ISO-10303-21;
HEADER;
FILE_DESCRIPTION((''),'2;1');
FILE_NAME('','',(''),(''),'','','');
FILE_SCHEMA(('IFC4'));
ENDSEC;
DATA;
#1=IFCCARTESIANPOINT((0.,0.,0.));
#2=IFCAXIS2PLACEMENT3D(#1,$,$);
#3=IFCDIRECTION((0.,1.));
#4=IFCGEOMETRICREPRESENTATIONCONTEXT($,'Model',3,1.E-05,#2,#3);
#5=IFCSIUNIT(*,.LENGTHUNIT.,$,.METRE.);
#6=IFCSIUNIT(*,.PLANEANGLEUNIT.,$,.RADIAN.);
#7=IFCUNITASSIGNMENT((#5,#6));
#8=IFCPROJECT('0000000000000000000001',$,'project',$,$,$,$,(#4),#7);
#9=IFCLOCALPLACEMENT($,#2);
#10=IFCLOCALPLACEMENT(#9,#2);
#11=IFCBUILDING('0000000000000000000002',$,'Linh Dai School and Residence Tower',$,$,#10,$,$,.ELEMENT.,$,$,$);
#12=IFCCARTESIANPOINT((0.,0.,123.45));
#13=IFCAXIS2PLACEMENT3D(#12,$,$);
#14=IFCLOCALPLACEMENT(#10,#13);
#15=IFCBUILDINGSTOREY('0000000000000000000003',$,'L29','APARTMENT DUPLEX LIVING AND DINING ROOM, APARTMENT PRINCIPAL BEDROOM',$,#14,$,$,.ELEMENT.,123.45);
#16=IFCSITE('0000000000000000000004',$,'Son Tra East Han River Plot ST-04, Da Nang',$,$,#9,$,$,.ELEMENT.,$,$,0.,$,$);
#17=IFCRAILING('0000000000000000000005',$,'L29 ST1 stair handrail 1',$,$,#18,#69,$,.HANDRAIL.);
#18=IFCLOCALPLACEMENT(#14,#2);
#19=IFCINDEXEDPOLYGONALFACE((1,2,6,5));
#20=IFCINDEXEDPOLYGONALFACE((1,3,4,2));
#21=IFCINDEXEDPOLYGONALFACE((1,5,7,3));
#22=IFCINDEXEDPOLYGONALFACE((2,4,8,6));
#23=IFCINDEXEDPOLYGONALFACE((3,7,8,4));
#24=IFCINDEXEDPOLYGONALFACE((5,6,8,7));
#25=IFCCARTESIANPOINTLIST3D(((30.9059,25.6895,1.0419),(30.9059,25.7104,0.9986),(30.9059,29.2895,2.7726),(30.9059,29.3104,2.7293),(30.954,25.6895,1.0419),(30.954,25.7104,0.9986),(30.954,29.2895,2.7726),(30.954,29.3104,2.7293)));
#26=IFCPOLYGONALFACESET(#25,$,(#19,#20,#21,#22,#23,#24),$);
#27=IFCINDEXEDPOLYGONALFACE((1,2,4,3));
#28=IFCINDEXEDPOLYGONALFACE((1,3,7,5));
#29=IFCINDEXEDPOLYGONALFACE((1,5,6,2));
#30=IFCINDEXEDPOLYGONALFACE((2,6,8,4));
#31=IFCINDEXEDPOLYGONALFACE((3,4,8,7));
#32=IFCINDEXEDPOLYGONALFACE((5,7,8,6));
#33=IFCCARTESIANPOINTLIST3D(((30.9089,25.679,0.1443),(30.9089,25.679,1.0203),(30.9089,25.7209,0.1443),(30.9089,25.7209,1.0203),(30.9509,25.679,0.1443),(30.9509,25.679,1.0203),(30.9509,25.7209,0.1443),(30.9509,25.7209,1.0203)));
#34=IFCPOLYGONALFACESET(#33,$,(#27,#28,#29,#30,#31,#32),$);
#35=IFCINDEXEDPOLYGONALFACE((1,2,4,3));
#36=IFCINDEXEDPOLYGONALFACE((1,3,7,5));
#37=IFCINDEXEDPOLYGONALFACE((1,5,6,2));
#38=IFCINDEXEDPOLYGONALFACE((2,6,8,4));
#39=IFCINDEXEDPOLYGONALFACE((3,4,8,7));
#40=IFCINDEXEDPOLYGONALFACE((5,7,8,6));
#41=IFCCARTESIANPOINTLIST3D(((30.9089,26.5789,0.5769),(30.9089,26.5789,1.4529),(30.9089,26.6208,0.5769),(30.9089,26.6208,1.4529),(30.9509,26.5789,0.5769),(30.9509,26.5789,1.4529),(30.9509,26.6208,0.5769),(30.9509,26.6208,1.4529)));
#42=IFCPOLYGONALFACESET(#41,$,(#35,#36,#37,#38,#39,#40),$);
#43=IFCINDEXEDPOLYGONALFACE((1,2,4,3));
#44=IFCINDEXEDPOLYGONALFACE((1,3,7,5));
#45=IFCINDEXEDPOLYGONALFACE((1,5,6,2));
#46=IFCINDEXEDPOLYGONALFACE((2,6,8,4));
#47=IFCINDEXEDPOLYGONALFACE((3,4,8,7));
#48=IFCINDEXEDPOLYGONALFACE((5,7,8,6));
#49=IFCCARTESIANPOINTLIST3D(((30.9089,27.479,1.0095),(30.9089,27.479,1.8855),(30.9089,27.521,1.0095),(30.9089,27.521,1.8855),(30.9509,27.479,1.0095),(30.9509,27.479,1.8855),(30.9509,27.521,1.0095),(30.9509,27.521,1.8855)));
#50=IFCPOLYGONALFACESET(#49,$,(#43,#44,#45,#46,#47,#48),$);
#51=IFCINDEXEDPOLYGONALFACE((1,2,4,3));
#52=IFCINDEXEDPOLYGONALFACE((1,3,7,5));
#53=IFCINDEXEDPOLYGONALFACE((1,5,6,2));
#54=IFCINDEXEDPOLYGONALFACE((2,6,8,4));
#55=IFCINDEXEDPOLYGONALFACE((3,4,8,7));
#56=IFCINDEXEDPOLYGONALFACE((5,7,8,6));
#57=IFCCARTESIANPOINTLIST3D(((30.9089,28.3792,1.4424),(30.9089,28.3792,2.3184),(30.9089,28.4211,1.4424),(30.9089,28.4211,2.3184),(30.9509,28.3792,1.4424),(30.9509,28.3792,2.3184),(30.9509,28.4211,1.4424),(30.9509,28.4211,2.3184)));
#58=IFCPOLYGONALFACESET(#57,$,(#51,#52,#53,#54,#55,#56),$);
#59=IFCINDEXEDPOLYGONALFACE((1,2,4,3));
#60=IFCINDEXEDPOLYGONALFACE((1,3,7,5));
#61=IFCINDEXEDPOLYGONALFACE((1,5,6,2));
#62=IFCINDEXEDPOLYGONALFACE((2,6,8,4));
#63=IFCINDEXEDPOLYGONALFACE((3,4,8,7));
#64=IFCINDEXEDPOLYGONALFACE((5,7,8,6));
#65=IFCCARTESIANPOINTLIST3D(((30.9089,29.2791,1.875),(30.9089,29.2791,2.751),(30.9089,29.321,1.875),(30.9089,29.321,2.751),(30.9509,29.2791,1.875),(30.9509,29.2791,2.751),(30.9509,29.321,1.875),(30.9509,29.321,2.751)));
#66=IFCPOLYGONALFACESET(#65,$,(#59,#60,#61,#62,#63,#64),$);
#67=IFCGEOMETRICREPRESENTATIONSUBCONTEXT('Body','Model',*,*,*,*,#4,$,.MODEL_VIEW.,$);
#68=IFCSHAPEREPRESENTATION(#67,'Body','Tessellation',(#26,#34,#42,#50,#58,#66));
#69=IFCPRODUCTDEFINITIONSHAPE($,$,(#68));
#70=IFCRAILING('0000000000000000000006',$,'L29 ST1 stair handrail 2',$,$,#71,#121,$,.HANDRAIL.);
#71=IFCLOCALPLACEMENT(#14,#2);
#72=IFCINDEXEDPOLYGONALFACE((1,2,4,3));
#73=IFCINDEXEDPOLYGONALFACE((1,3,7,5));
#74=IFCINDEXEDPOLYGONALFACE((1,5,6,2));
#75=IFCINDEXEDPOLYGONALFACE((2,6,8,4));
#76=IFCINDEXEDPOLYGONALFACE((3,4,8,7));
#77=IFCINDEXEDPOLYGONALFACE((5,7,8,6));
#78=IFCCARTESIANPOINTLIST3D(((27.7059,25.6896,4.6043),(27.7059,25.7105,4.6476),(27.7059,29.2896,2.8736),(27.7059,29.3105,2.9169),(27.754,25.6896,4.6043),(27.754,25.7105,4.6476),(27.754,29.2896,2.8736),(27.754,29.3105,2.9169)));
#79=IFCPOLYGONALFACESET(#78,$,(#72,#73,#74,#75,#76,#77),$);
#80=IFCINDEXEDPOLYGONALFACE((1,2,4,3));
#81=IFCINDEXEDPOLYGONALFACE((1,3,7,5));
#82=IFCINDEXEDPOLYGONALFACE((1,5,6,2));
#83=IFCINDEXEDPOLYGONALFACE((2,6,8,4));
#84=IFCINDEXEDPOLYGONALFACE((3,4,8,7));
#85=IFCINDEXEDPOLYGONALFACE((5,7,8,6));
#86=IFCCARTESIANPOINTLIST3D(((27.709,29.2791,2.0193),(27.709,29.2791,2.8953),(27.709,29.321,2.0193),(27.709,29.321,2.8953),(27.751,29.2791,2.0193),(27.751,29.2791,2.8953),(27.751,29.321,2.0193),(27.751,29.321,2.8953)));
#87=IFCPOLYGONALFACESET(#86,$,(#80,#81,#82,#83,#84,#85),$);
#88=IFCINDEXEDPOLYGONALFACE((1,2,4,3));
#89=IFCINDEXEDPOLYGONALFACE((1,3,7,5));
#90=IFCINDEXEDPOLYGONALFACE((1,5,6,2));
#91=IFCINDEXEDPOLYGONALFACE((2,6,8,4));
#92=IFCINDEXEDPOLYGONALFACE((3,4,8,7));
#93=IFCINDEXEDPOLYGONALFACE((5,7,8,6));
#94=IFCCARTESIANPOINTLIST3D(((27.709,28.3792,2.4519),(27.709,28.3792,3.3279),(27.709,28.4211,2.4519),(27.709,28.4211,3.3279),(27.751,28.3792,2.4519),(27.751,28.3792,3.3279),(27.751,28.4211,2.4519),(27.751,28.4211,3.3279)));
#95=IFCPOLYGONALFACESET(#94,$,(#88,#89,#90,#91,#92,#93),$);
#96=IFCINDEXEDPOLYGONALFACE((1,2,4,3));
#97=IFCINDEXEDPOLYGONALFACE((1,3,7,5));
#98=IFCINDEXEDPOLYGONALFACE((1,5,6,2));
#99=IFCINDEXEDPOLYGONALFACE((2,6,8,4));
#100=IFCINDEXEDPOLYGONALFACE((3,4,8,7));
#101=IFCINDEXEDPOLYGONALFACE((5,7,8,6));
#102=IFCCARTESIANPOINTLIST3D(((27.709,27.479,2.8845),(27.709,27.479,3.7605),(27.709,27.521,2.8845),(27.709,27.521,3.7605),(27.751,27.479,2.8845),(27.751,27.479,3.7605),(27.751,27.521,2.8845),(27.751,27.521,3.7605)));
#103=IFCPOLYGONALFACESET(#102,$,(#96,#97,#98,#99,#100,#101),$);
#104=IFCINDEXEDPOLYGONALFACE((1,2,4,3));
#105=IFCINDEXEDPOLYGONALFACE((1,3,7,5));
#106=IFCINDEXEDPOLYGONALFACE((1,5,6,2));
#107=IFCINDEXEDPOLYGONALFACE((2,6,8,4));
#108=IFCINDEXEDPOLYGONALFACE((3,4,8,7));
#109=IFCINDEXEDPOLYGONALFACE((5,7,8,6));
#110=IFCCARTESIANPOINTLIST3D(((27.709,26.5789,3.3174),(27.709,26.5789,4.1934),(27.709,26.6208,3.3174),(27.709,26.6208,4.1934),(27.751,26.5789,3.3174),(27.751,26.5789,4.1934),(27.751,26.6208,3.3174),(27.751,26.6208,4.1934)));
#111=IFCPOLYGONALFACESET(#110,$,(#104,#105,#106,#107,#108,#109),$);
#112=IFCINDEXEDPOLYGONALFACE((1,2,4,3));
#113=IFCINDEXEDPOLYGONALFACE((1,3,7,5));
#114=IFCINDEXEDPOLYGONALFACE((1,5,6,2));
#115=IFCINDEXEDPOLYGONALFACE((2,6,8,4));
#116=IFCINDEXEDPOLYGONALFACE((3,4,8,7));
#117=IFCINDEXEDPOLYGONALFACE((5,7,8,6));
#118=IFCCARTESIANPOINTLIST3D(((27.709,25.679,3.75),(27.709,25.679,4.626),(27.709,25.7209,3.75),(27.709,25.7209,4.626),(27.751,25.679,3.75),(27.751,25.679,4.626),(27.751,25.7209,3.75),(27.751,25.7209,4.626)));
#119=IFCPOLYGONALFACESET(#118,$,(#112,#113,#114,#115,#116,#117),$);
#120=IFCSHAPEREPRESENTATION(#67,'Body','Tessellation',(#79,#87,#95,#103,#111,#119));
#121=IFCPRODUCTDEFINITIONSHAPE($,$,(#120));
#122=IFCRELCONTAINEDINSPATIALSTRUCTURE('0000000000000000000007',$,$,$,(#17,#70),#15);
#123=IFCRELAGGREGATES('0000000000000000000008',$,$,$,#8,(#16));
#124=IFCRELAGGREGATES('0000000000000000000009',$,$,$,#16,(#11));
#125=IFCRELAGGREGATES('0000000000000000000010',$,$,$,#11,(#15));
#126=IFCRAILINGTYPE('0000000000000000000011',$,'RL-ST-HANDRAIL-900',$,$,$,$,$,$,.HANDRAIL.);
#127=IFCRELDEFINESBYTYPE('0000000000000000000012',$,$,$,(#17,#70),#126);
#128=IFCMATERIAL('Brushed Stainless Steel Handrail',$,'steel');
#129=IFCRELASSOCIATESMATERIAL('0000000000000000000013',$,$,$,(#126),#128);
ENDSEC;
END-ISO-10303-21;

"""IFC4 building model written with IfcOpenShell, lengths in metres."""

from ifc_helpers import new_model, si_unit, direction, frame, origin, origin_2d, place, context, subcontext, project, spatial, rectangle, extrude, source, transform, mapped, material, type_object, element, save


model = new_model("IFC4")

# Units and contexts
model_context = context("Model", 3, precision=1e-05, world=origin(), true_north=direction((0.0, 1.0)))
body_context = subcontext(model_context, "Body", "Model", "MODEL_VIEW")
ifc_project = project(units=[si_unit("LENGTHUNIT", "METRE"), si_unit("PLANEANGLEUNIT", "RADIAN")], contexts=[model_context])

# Site, building, storey
site_placement = place(None, origin())
site = spatial("IfcSite", under=ifc_project, at=site_placement, Name="Son Tra East Han River Plot ST-04, Da Nang", CompositionType="ELEMENT", RefElevation=0.0)
building_placement = place(site_placement, origin())
building = spatial("IfcBuilding", under=site, at=building_placement, Name="Linh Dai School and Residence Tower", CompositionType="ELEMENT")
storey_placement = place(building_placement, frame((0.0, 0.0, 123.45)))
storey = spatial("IfcBuildingStorey", under=building, at=storey_placement, Name="L29", Description="APARTMENT DUPLEX LIVING AND DINING ROOM, APARTMENT PRINCIPAL BEDROOM", CompositionType="ELEMENT", Elevation=123.45)

# Railings
ifc_material_1 = material(Name="Brushed Stainless Steel Handrail", Category="steel")
railing_type_1 = type_object("IfcRailingType", Name="RL-ST-HANDRAIL-900", PredefinedType="HANDRAIL", material=ifc_material_1)
shared_shape_1 = source(origin(), body_context, "Body", "SweptSolid", [
    extrude(rectangle(XDim=0.0481, YDim=0.0481, at=origin_2d()), frame((0.0, 0.0, 0.876), z_axis=(0.0, 0.901263, 0.433273), x_axis=(-1.0, 0.0, 0.0)), (0.0, 0.0, 1.0), 3.9944),
    extrude(rectangle(XDim=0.042, YDim=0.042, at=origin_2d()), origin(), (0.0, 0.0, 1.0), 0.876),
    extrude(rectangle(XDim=0.042, YDim=0.042, at=origin_2d()), frame((0.0, 0.8999, 0.4326)), (0.0, 0.0, 1.0), 0.876),
    extrude(rectangle(XDim=0.042, YDim=0.042, at=origin_2d()), frame((0.0, 1.8, 0.8652)), (0.0, 0.0, 1.0), 0.876),
    extrude(rectangle(XDim=0.042, YDim=0.042, at=origin_2d()), frame((0.0, 2.7002, 1.2981)), (0.0, 0.0, 1.0), 0.876),
    extrude(rectangle(XDim=0.042, YDim=0.042, at=origin_2d()), frame((0.0, 3.6001, 1.7307)), (0.0, 0.0, 1.0), 0.876),
])
railing_1_placement = place(storey_placement, frame((30.9299, 25.7, 0.1443)))
element("IfcRailing", 1, at=railing_1_placement, inside=storey, type_object=railing_type_1, Name="L29 ST1 stair handrail 1", PredefinedType="HANDRAIL", context=body_context, shape_type="MappedRepresentation", body=[
    mapped(shared_shape_1, transform((0.0, 0.0, 0.0), x_axis=(1.0, 0.0, 0.0), y_axis=(0.0, 1.0, 0.0), z_axis=(0.0, 0.0, 1.0), scale=1.0)),
])
shared_shape_2 = source(origin(), body_context, "Body", "SweptSolid", [
    extrude(rectangle(XDim=0.0481, YDim=0.0481, at=origin_2d()), frame((0.0, 0.0, 0.876), z_axis=(0.0, -0.901263, 0.433273), x_axis=(1.0, 0.0, 0.0)), (0.0, 0.0, 1.0), 3.9944),
    extrude(rectangle(XDim=0.042, YDim=0.042, at=origin_2d()), origin(), (0.0, 0.0, 1.0), 0.876),
    extrude(rectangle(XDim=0.042, YDim=0.042, at=origin_2d()), frame((0.0, -0.8999, 0.4326)), (0.0, 0.0, 1.0), 0.876),
    extrude(rectangle(XDim=0.042, YDim=0.042, at=origin_2d()), frame((0.0, -1.8, 0.8652)), (0.0, 0.0, 1.0), 0.876),
    extrude(rectangle(XDim=0.042, YDim=0.042, at=origin_2d()), frame((0.0, -2.7002, 1.2981)), (0.0, 0.0, 1.0), 0.876),
    extrude(rectangle(XDim=0.042, YDim=0.042, at=origin_2d()), frame((0.0, -3.6001, 1.7307)), (0.0, 0.0, 1.0), 0.876),
])
railing_2_placement = place(storey_placement, frame((27.73, 29.3, 2.0193)))
element("IfcRailing", 2, at=railing_2_placement, inside=storey, type_object=railing_type_1, Name="L29 ST1 stair handrail 2", PredefinedType="HANDRAIL", context=body_context, shape_type="MappedRepresentation", body=[
    mapped(shared_shape_2, transform((0.0, 0.0, 0.0), x_axis=(1.0, 0.0, 0.0), y_axis=(0.0, 1.0, 0.0), z_axis=(0.0, 0.0, 1.0), scale=1.0)),
])

save(model, "model.ifc")
